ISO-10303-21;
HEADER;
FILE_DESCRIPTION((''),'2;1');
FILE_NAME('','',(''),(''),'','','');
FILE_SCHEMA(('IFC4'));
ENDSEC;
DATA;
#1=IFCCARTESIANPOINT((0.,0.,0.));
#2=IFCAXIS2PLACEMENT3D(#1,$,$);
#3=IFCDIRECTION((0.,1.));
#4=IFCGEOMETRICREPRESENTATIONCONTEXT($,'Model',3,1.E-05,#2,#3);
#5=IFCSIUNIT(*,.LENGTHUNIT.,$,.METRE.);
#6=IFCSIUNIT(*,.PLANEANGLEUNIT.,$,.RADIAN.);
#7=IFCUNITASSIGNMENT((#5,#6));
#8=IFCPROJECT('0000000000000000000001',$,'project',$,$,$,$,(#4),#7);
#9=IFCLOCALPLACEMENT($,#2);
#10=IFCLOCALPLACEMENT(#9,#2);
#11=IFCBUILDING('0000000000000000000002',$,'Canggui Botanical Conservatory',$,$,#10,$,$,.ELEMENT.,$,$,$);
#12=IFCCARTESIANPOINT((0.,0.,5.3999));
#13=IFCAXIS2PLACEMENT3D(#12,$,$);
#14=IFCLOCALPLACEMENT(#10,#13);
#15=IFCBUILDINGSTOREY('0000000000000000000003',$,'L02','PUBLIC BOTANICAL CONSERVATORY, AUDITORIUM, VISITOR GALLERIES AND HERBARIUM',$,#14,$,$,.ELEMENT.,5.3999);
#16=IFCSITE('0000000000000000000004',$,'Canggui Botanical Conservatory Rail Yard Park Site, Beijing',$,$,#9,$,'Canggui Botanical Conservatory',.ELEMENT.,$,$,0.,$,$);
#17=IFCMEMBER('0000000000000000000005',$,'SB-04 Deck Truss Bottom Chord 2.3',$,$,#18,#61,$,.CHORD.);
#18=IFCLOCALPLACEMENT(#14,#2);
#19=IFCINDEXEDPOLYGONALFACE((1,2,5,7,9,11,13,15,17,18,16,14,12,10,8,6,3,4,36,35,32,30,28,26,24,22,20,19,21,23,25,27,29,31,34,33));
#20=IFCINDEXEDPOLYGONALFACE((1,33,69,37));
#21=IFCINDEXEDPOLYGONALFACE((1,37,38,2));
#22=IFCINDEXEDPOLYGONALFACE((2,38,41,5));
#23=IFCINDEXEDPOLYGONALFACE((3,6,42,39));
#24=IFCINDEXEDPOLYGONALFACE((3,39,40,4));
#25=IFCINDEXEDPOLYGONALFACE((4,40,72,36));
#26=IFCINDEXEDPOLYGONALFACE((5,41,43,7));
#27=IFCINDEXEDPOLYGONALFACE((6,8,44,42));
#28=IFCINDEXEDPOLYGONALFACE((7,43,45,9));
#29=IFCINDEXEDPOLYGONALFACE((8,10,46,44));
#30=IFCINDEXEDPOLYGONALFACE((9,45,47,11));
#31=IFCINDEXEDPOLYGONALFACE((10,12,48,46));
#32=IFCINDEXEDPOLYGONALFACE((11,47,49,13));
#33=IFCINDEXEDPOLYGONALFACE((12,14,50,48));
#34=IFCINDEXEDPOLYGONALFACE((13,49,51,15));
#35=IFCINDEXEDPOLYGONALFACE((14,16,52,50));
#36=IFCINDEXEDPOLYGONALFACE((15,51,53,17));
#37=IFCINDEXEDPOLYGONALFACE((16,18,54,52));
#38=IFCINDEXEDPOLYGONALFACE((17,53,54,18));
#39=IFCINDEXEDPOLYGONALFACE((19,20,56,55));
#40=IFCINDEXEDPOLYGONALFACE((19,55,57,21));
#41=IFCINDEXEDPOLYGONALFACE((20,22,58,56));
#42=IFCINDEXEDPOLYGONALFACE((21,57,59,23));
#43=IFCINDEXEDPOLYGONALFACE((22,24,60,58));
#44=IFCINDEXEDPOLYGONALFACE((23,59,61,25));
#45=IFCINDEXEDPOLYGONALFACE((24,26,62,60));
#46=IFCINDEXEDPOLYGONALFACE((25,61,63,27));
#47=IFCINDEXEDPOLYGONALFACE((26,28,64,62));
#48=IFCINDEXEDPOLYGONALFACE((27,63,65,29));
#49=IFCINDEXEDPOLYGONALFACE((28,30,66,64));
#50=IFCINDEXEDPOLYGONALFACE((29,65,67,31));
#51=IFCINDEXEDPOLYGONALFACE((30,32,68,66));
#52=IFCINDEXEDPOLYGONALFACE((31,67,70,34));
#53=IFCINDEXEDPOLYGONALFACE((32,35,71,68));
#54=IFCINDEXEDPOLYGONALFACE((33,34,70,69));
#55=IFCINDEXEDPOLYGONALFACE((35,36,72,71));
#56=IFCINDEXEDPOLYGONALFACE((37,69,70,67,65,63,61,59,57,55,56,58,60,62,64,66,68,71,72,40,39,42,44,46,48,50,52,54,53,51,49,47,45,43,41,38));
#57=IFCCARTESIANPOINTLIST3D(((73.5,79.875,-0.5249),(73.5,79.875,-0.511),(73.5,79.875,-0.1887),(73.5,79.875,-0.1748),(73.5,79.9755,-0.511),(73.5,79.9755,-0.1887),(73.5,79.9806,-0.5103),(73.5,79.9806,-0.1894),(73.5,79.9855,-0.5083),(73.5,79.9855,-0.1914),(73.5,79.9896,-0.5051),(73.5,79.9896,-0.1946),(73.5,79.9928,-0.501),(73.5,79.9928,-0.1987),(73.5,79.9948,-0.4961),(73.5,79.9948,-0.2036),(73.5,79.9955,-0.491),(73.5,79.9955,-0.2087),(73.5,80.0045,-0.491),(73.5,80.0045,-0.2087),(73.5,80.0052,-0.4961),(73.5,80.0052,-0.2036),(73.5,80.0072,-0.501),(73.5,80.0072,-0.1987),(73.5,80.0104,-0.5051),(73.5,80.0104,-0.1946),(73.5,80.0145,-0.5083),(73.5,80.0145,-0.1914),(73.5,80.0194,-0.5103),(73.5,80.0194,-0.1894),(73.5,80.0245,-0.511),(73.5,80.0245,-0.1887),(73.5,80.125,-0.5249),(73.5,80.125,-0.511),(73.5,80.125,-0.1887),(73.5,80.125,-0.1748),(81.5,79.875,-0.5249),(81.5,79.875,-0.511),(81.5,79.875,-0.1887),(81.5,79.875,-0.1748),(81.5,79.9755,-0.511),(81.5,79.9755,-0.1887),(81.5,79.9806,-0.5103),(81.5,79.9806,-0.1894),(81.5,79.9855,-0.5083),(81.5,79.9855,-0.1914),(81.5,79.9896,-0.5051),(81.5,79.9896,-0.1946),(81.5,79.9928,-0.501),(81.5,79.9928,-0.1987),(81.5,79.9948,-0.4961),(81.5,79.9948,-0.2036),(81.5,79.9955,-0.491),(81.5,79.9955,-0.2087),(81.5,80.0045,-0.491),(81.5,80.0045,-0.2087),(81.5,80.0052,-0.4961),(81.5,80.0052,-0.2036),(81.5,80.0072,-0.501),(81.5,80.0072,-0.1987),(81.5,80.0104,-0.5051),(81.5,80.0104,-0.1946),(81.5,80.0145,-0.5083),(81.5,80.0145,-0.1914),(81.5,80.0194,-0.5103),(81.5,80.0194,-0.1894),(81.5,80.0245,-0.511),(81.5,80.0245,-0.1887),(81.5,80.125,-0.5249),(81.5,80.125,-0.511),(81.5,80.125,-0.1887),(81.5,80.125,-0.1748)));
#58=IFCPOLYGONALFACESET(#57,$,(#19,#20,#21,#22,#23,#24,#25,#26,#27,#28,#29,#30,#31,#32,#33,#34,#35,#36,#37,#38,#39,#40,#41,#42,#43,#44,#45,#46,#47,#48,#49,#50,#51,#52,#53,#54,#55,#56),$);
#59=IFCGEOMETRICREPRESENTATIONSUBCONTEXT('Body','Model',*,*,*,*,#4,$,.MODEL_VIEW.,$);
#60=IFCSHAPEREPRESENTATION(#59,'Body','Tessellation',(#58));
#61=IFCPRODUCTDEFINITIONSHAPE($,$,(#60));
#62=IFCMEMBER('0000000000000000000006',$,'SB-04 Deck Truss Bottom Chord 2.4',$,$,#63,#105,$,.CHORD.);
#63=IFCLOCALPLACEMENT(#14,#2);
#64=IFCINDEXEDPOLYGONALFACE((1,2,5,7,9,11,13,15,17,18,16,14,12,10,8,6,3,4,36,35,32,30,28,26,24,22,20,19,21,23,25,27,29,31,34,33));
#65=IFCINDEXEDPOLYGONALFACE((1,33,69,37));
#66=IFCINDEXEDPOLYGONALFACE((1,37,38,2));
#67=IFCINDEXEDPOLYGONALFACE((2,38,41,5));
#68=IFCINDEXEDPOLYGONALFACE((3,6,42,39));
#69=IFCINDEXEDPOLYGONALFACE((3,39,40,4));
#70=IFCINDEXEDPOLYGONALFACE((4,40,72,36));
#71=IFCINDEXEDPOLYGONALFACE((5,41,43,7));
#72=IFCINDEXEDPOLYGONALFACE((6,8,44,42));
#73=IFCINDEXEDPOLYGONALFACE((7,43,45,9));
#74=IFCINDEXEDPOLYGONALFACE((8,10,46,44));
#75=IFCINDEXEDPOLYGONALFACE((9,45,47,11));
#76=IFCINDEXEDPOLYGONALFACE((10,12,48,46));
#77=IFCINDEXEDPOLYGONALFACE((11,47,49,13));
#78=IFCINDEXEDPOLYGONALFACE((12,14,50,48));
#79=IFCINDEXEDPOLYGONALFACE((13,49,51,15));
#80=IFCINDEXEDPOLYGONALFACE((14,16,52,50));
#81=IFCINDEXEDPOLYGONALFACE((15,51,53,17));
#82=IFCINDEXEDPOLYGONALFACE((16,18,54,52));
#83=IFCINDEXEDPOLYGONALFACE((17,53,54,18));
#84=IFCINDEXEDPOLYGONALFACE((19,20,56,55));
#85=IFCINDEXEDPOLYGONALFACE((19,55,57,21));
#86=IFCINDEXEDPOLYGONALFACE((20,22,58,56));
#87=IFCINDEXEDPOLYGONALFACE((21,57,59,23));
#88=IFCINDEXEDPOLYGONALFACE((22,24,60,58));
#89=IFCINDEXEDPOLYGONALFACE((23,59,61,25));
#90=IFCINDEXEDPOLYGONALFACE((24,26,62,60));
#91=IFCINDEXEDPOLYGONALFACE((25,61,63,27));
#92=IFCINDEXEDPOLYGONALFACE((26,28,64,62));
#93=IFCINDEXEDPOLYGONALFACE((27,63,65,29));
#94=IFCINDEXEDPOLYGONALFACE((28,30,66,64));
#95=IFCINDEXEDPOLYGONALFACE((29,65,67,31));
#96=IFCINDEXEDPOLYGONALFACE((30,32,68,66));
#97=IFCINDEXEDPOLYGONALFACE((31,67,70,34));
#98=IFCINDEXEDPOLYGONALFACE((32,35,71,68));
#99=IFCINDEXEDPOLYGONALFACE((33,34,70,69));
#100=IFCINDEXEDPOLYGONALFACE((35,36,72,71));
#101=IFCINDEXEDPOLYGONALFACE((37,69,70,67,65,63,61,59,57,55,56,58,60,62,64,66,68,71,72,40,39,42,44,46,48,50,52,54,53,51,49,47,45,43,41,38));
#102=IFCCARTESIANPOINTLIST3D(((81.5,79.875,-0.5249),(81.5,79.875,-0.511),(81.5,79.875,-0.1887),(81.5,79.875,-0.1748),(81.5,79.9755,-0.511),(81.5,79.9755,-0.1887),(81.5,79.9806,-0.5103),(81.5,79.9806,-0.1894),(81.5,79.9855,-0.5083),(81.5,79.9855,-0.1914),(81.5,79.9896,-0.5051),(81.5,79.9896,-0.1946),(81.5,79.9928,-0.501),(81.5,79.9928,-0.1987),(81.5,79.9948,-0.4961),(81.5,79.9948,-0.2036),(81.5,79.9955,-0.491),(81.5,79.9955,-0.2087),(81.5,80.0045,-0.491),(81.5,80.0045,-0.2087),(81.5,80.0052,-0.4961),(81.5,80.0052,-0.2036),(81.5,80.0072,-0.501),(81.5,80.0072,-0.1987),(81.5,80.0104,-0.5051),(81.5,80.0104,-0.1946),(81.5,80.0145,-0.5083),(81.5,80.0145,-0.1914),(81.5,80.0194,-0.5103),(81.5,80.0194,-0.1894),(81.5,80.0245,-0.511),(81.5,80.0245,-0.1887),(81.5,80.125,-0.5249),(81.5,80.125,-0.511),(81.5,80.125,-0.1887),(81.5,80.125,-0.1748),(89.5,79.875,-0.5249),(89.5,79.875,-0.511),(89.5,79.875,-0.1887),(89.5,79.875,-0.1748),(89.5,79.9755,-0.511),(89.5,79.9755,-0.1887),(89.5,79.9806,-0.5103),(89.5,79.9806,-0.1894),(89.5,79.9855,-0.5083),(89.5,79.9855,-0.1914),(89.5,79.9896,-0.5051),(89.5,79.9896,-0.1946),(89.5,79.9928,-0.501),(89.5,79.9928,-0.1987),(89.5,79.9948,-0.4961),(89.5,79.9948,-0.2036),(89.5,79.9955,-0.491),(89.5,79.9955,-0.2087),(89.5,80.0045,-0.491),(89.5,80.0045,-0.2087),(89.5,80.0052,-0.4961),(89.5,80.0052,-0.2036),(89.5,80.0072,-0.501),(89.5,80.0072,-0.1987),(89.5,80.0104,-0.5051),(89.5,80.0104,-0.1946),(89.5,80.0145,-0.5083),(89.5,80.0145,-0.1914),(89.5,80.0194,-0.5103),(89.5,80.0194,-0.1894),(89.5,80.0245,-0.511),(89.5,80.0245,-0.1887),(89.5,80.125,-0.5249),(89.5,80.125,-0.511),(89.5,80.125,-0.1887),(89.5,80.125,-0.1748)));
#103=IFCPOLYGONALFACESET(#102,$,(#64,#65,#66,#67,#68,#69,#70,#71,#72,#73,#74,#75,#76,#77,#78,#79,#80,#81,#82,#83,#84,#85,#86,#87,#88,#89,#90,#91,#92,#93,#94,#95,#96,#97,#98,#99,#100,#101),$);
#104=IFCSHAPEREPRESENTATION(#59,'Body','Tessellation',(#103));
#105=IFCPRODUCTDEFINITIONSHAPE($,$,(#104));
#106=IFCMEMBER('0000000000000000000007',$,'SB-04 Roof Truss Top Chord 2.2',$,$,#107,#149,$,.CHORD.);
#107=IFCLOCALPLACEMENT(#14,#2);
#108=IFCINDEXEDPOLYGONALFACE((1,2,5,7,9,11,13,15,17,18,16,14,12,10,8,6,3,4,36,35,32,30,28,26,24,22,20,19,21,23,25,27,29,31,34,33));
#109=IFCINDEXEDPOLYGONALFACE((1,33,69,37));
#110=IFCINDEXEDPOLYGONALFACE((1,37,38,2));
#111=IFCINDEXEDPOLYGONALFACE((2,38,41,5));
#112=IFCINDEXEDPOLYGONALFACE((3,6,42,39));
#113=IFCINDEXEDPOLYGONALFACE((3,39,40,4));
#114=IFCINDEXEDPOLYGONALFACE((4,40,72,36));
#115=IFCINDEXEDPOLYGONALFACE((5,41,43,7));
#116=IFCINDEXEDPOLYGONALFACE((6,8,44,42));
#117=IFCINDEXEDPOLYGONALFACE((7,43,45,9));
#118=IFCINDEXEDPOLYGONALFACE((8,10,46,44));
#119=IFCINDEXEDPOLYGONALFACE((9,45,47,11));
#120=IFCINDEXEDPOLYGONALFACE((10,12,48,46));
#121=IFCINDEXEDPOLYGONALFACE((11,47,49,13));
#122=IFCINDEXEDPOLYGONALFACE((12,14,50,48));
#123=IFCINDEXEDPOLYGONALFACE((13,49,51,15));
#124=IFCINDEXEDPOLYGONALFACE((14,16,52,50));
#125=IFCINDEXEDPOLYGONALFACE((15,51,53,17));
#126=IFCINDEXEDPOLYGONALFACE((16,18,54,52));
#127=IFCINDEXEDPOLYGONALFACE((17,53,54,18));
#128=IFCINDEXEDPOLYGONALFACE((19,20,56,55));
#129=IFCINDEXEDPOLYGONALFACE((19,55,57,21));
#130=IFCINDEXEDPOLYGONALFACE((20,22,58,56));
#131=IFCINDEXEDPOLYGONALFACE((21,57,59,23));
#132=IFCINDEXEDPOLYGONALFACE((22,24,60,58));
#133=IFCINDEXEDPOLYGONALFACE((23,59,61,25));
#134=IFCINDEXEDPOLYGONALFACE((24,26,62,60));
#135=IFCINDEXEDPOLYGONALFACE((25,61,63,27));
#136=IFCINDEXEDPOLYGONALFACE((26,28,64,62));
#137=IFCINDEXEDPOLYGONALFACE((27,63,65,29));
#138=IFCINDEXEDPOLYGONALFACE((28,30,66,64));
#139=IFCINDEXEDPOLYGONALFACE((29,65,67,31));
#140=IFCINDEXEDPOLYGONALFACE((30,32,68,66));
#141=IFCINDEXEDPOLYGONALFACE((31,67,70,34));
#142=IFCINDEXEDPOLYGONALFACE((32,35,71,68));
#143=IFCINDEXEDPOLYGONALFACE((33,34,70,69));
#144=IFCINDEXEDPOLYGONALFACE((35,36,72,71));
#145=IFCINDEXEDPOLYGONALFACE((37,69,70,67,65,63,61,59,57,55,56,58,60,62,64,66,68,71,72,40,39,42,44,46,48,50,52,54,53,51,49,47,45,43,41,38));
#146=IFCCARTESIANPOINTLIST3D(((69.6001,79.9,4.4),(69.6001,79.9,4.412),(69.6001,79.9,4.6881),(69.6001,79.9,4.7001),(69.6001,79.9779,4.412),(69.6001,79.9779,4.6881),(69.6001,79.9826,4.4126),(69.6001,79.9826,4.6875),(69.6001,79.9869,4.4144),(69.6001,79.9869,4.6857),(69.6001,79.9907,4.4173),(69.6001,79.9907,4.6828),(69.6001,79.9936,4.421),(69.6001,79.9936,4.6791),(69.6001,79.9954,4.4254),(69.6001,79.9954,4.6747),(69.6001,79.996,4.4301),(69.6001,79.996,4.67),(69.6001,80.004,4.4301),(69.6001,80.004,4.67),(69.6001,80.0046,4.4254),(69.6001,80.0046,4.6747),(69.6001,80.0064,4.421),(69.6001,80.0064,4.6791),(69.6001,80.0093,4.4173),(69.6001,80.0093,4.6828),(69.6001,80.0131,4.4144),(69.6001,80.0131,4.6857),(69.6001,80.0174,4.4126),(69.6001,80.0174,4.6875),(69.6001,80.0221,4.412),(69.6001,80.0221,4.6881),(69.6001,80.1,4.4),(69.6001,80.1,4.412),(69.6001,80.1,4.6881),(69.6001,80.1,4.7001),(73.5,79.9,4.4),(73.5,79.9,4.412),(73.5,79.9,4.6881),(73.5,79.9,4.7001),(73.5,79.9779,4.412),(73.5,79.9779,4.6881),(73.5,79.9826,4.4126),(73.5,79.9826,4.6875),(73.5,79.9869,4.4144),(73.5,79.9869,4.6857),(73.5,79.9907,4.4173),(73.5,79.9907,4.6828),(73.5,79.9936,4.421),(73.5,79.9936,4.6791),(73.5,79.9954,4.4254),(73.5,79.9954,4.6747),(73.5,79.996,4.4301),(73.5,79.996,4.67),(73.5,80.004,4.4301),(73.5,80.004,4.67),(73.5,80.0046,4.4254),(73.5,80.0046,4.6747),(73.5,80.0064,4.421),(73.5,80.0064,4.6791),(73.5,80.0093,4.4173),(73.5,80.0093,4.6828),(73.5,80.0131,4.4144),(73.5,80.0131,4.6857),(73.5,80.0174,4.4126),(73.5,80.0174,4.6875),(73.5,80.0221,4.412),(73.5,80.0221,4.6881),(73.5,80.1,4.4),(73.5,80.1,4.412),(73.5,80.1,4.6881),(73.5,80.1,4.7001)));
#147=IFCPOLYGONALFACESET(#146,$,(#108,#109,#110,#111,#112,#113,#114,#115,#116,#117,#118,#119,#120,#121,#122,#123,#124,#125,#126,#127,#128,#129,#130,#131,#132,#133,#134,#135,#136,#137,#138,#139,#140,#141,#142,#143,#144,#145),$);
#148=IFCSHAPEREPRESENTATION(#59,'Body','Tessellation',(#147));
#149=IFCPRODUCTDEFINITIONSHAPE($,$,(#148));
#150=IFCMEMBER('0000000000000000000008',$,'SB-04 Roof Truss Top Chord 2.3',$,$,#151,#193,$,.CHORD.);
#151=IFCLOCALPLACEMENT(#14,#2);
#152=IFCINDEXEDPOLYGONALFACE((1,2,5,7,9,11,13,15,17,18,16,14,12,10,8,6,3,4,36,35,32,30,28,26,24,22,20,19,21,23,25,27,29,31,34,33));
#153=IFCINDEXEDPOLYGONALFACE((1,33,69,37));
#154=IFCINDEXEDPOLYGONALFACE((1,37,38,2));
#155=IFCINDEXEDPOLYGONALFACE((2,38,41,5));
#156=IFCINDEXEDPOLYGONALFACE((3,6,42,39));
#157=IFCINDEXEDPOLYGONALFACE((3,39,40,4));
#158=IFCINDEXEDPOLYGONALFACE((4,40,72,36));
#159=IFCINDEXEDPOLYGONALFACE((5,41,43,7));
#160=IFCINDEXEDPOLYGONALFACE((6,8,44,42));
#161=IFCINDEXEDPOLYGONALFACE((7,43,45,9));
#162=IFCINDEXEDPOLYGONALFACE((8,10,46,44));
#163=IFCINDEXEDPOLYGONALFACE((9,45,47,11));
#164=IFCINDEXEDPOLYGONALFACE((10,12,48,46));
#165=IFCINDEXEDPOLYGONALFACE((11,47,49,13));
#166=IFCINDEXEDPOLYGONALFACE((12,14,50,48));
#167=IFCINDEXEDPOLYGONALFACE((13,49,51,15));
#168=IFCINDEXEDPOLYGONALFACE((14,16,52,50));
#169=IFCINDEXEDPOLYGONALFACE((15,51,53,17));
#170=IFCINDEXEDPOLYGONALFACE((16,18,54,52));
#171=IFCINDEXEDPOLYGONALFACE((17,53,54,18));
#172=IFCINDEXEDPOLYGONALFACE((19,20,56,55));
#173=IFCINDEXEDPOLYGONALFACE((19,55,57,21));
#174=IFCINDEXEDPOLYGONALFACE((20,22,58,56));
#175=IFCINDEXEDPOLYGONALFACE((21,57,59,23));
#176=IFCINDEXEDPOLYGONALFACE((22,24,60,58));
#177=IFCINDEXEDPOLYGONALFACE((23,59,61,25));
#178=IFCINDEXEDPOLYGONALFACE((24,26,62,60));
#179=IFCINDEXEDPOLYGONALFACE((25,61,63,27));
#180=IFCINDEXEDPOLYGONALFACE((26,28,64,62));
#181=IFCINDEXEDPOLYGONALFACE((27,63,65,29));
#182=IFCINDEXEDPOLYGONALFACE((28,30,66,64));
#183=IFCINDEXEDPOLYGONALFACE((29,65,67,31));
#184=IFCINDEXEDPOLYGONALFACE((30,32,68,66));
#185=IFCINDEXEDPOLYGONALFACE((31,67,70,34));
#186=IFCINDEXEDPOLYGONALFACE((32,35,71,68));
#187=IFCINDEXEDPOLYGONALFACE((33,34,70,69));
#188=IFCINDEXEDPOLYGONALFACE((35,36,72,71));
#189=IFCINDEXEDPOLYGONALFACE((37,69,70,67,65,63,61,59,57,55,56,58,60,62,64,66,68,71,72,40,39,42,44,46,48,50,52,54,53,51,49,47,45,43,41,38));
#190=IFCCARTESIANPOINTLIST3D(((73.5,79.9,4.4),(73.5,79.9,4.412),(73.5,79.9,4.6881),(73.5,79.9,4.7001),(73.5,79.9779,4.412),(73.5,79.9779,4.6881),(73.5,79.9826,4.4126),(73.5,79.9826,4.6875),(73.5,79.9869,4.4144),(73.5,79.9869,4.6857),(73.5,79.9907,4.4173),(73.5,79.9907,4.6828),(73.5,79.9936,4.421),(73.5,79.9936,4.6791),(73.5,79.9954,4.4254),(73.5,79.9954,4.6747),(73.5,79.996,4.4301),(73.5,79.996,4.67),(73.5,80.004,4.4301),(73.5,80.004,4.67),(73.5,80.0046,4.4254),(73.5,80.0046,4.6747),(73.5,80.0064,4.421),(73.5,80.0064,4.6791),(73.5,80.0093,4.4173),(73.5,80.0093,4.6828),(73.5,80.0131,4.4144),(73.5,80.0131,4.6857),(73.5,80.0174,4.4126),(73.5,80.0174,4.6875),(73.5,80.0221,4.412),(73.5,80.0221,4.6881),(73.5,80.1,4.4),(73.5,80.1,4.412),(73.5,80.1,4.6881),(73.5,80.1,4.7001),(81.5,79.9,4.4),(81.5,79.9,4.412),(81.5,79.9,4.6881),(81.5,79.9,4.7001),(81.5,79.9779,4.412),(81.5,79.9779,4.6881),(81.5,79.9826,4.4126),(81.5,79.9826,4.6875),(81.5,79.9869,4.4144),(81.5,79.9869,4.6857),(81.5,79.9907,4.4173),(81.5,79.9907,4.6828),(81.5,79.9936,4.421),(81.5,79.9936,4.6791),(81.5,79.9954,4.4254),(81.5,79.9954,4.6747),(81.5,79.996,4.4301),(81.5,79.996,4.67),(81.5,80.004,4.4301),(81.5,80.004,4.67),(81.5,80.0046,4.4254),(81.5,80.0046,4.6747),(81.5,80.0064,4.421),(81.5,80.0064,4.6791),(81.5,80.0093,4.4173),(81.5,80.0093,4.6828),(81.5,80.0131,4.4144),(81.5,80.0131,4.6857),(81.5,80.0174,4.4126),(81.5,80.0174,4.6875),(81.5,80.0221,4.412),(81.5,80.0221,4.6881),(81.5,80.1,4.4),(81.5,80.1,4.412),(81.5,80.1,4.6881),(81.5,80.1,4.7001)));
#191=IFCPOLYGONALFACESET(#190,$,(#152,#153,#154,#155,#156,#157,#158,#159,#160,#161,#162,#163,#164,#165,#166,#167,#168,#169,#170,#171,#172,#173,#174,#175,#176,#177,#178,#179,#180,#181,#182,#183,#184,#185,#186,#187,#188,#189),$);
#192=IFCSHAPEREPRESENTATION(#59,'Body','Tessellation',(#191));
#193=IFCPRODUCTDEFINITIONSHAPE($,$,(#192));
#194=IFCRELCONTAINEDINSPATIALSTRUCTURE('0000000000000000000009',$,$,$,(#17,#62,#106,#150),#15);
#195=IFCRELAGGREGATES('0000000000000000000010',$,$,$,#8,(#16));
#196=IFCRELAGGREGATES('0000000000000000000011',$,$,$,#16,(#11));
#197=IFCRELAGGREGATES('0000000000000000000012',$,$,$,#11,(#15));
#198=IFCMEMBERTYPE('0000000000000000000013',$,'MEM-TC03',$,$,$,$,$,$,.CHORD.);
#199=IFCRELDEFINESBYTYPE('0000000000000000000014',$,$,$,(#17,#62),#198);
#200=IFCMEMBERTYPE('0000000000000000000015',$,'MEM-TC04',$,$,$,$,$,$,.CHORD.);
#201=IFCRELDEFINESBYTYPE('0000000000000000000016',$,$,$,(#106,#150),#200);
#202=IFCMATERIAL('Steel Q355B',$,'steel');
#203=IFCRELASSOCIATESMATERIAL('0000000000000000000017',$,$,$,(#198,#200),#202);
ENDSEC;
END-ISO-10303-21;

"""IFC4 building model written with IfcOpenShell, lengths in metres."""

from ifc_helpers import new_model, si_unit, direction, frame, origin, origin_2d, place, context, subcontext, project, spatial, i_section, extrude, material, material_profile, profile_set, type_object, element, save


model = new_model("IFC4")

# Units and contexts
model_context = context("Model", 3, precision=1e-05, world=origin(), true_north=direction((0.0, 1.0)))
body_context = subcontext(model_context, "Body", "Model", "MODEL_VIEW")
ifc_project = project(units=[si_unit("LENGTHUNIT", "METRE"), si_unit("PLANEANGLEUNIT", "RADIAN")], contexts=[model_context])

# Site, building, storey
site_placement = place(None, origin())
site = spatial("IfcSite", under=ifc_project, at=site_placement, Name="Canggui Botanical Conservatory Rail Yard Park Site, Beijing", LongName="Canggui Botanical Conservatory", CompositionType="ELEMENT", RefElevation=0.0)
building_placement = place(site_placement, origin())
building = spatial("IfcBuilding", under=site, at=building_placement, Name="Canggui Botanical Conservatory", CompositionType="ELEMENT")
storey_placement = place(building_placement, frame((0.0, 0.0, 5.3999)))
storey = spatial("IfcBuildingStorey", under=building, at=storey_placement, Name="L02", Description="PUBLIC BOTANICAL CONSERVATORY, AUDITORIUM, VISITOR GALLERIES AND HERBARIUM", CompositionType="ELEMENT", Elevation=5.3999)

# Shared definitions
ifc_material_1 = material(Name="Steel Q355B", Category="steel")

# Members
ifc_material_profile_1 = material_profile(ifc_material_1, i_section(OverallWidth=0.25, OverallDepth=0.3501, WebThickness=0.009, FlangeThickness=0.0139, FilletRadius=0.02, at=origin_2d()), Name="HM 350x250x9x14")
ifc_profile_set_1 = profile_set([ifc_material_profile_1], Name="Steel Q355B")
member_type_1 = type_object("IfcMemberType", Name="MEM-TC03", PredefinedType="CHORD", material=ifc_profile_set_1)
for number, where, z_axis, x_axis, name in (
    (1, (73.5, 80.0, -0.3499), (1.0, 0.0, 0.0), (0.0, 1.0, 0.0), "SB-04 Deck Truss Bottom Chord 2.3"),
    (2, (81.5, 80.0, -0.3499), (1.0, 0.0, 0.0), (0.0, 1.0, 0.0), "SB-04 Deck Truss Bottom Chord 2.4"),
):
    element("IfcMember", number, at=place(storey_placement, frame(where, z_axis=z_axis, x_axis=x_axis)), inside=storey, type_object=member_type_1, Name=name, PredefinedType="CHORD", context=body_context, shape_type="SweptSolid", body=[
        extrude(i_section(OverallWidth=0.25, OverallDepth=0.3501, WebThickness=0.009, FlangeThickness=0.0139, FilletRadius=0.02, at=origin_2d()), origin(), (0.0, 0.0, 1.0), 8.0),
    ])
ifc_material_profile_2 = material_profile(ifc_material_1, i_section(OverallWidth=0.2, OverallDepth=0.3, WebThickness=0.0081, FlangeThickness=0.012, FilletRadius=0.0181, at=origin_2d()), Name="HM 300x200x8x12")
ifc_profile_set_2 = profile_set([ifc_material_profile_2], Name="Steel Q355B")
member_type_2 = type_object("IfcMemberType", Name="MEM-TC04", PredefinedType="CHORD", material=ifc_profile_set_2)
member_1_placement = place(storey_placement, frame((69.6001, 80.0, 4.55), z_axis=(1.0, 0.0, 0.0), x_axis=(0.0, 1.0, 0.0)))
element("IfcMember", 3, at=member_1_placement, inside=storey, type_object=member_type_2, Name="SB-04 Roof Truss Top Chord 2.2", PredefinedType="CHORD", context=body_context, shape_type="SweptSolid", body=[
    extrude(i_section(OverallWidth=0.2, OverallDepth=0.3, WebThickness=0.0081, FlangeThickness=0.012, FilletRadius=0.0181, at=origin_2d()), origin(), (0.0, 0.0, 1.0), 3.8999),
])
for number, where, z_axis, x_axis, name in (
    (4, (73.5, 80.0, 4.55), (1.0, 0.0, 0.0), (0.0, 1.0, 0.0), "SB-04 Roof Truss Top Chord 2.3"),
):
    element("IfcMember", number, at=place(storey_placement, frame(where, z_axis=z_axis, x_axis=x_axis)), inside=storey, type_object=member_type_2, Name=name, PredefinedType="CHORD", context=body_context, shape_type="SweptSolid", body=[
        extrude(i_section(OverallWidth=0.2, OverallDepth=0.3, WebThickness=0.0081, FlangeThickness=0.012, FilletRadius=0.0181, at=origin_2d()), origin(), (0.0, 0.0, 1.0), 8.0),
    ])

save(model, "model.ifc")
